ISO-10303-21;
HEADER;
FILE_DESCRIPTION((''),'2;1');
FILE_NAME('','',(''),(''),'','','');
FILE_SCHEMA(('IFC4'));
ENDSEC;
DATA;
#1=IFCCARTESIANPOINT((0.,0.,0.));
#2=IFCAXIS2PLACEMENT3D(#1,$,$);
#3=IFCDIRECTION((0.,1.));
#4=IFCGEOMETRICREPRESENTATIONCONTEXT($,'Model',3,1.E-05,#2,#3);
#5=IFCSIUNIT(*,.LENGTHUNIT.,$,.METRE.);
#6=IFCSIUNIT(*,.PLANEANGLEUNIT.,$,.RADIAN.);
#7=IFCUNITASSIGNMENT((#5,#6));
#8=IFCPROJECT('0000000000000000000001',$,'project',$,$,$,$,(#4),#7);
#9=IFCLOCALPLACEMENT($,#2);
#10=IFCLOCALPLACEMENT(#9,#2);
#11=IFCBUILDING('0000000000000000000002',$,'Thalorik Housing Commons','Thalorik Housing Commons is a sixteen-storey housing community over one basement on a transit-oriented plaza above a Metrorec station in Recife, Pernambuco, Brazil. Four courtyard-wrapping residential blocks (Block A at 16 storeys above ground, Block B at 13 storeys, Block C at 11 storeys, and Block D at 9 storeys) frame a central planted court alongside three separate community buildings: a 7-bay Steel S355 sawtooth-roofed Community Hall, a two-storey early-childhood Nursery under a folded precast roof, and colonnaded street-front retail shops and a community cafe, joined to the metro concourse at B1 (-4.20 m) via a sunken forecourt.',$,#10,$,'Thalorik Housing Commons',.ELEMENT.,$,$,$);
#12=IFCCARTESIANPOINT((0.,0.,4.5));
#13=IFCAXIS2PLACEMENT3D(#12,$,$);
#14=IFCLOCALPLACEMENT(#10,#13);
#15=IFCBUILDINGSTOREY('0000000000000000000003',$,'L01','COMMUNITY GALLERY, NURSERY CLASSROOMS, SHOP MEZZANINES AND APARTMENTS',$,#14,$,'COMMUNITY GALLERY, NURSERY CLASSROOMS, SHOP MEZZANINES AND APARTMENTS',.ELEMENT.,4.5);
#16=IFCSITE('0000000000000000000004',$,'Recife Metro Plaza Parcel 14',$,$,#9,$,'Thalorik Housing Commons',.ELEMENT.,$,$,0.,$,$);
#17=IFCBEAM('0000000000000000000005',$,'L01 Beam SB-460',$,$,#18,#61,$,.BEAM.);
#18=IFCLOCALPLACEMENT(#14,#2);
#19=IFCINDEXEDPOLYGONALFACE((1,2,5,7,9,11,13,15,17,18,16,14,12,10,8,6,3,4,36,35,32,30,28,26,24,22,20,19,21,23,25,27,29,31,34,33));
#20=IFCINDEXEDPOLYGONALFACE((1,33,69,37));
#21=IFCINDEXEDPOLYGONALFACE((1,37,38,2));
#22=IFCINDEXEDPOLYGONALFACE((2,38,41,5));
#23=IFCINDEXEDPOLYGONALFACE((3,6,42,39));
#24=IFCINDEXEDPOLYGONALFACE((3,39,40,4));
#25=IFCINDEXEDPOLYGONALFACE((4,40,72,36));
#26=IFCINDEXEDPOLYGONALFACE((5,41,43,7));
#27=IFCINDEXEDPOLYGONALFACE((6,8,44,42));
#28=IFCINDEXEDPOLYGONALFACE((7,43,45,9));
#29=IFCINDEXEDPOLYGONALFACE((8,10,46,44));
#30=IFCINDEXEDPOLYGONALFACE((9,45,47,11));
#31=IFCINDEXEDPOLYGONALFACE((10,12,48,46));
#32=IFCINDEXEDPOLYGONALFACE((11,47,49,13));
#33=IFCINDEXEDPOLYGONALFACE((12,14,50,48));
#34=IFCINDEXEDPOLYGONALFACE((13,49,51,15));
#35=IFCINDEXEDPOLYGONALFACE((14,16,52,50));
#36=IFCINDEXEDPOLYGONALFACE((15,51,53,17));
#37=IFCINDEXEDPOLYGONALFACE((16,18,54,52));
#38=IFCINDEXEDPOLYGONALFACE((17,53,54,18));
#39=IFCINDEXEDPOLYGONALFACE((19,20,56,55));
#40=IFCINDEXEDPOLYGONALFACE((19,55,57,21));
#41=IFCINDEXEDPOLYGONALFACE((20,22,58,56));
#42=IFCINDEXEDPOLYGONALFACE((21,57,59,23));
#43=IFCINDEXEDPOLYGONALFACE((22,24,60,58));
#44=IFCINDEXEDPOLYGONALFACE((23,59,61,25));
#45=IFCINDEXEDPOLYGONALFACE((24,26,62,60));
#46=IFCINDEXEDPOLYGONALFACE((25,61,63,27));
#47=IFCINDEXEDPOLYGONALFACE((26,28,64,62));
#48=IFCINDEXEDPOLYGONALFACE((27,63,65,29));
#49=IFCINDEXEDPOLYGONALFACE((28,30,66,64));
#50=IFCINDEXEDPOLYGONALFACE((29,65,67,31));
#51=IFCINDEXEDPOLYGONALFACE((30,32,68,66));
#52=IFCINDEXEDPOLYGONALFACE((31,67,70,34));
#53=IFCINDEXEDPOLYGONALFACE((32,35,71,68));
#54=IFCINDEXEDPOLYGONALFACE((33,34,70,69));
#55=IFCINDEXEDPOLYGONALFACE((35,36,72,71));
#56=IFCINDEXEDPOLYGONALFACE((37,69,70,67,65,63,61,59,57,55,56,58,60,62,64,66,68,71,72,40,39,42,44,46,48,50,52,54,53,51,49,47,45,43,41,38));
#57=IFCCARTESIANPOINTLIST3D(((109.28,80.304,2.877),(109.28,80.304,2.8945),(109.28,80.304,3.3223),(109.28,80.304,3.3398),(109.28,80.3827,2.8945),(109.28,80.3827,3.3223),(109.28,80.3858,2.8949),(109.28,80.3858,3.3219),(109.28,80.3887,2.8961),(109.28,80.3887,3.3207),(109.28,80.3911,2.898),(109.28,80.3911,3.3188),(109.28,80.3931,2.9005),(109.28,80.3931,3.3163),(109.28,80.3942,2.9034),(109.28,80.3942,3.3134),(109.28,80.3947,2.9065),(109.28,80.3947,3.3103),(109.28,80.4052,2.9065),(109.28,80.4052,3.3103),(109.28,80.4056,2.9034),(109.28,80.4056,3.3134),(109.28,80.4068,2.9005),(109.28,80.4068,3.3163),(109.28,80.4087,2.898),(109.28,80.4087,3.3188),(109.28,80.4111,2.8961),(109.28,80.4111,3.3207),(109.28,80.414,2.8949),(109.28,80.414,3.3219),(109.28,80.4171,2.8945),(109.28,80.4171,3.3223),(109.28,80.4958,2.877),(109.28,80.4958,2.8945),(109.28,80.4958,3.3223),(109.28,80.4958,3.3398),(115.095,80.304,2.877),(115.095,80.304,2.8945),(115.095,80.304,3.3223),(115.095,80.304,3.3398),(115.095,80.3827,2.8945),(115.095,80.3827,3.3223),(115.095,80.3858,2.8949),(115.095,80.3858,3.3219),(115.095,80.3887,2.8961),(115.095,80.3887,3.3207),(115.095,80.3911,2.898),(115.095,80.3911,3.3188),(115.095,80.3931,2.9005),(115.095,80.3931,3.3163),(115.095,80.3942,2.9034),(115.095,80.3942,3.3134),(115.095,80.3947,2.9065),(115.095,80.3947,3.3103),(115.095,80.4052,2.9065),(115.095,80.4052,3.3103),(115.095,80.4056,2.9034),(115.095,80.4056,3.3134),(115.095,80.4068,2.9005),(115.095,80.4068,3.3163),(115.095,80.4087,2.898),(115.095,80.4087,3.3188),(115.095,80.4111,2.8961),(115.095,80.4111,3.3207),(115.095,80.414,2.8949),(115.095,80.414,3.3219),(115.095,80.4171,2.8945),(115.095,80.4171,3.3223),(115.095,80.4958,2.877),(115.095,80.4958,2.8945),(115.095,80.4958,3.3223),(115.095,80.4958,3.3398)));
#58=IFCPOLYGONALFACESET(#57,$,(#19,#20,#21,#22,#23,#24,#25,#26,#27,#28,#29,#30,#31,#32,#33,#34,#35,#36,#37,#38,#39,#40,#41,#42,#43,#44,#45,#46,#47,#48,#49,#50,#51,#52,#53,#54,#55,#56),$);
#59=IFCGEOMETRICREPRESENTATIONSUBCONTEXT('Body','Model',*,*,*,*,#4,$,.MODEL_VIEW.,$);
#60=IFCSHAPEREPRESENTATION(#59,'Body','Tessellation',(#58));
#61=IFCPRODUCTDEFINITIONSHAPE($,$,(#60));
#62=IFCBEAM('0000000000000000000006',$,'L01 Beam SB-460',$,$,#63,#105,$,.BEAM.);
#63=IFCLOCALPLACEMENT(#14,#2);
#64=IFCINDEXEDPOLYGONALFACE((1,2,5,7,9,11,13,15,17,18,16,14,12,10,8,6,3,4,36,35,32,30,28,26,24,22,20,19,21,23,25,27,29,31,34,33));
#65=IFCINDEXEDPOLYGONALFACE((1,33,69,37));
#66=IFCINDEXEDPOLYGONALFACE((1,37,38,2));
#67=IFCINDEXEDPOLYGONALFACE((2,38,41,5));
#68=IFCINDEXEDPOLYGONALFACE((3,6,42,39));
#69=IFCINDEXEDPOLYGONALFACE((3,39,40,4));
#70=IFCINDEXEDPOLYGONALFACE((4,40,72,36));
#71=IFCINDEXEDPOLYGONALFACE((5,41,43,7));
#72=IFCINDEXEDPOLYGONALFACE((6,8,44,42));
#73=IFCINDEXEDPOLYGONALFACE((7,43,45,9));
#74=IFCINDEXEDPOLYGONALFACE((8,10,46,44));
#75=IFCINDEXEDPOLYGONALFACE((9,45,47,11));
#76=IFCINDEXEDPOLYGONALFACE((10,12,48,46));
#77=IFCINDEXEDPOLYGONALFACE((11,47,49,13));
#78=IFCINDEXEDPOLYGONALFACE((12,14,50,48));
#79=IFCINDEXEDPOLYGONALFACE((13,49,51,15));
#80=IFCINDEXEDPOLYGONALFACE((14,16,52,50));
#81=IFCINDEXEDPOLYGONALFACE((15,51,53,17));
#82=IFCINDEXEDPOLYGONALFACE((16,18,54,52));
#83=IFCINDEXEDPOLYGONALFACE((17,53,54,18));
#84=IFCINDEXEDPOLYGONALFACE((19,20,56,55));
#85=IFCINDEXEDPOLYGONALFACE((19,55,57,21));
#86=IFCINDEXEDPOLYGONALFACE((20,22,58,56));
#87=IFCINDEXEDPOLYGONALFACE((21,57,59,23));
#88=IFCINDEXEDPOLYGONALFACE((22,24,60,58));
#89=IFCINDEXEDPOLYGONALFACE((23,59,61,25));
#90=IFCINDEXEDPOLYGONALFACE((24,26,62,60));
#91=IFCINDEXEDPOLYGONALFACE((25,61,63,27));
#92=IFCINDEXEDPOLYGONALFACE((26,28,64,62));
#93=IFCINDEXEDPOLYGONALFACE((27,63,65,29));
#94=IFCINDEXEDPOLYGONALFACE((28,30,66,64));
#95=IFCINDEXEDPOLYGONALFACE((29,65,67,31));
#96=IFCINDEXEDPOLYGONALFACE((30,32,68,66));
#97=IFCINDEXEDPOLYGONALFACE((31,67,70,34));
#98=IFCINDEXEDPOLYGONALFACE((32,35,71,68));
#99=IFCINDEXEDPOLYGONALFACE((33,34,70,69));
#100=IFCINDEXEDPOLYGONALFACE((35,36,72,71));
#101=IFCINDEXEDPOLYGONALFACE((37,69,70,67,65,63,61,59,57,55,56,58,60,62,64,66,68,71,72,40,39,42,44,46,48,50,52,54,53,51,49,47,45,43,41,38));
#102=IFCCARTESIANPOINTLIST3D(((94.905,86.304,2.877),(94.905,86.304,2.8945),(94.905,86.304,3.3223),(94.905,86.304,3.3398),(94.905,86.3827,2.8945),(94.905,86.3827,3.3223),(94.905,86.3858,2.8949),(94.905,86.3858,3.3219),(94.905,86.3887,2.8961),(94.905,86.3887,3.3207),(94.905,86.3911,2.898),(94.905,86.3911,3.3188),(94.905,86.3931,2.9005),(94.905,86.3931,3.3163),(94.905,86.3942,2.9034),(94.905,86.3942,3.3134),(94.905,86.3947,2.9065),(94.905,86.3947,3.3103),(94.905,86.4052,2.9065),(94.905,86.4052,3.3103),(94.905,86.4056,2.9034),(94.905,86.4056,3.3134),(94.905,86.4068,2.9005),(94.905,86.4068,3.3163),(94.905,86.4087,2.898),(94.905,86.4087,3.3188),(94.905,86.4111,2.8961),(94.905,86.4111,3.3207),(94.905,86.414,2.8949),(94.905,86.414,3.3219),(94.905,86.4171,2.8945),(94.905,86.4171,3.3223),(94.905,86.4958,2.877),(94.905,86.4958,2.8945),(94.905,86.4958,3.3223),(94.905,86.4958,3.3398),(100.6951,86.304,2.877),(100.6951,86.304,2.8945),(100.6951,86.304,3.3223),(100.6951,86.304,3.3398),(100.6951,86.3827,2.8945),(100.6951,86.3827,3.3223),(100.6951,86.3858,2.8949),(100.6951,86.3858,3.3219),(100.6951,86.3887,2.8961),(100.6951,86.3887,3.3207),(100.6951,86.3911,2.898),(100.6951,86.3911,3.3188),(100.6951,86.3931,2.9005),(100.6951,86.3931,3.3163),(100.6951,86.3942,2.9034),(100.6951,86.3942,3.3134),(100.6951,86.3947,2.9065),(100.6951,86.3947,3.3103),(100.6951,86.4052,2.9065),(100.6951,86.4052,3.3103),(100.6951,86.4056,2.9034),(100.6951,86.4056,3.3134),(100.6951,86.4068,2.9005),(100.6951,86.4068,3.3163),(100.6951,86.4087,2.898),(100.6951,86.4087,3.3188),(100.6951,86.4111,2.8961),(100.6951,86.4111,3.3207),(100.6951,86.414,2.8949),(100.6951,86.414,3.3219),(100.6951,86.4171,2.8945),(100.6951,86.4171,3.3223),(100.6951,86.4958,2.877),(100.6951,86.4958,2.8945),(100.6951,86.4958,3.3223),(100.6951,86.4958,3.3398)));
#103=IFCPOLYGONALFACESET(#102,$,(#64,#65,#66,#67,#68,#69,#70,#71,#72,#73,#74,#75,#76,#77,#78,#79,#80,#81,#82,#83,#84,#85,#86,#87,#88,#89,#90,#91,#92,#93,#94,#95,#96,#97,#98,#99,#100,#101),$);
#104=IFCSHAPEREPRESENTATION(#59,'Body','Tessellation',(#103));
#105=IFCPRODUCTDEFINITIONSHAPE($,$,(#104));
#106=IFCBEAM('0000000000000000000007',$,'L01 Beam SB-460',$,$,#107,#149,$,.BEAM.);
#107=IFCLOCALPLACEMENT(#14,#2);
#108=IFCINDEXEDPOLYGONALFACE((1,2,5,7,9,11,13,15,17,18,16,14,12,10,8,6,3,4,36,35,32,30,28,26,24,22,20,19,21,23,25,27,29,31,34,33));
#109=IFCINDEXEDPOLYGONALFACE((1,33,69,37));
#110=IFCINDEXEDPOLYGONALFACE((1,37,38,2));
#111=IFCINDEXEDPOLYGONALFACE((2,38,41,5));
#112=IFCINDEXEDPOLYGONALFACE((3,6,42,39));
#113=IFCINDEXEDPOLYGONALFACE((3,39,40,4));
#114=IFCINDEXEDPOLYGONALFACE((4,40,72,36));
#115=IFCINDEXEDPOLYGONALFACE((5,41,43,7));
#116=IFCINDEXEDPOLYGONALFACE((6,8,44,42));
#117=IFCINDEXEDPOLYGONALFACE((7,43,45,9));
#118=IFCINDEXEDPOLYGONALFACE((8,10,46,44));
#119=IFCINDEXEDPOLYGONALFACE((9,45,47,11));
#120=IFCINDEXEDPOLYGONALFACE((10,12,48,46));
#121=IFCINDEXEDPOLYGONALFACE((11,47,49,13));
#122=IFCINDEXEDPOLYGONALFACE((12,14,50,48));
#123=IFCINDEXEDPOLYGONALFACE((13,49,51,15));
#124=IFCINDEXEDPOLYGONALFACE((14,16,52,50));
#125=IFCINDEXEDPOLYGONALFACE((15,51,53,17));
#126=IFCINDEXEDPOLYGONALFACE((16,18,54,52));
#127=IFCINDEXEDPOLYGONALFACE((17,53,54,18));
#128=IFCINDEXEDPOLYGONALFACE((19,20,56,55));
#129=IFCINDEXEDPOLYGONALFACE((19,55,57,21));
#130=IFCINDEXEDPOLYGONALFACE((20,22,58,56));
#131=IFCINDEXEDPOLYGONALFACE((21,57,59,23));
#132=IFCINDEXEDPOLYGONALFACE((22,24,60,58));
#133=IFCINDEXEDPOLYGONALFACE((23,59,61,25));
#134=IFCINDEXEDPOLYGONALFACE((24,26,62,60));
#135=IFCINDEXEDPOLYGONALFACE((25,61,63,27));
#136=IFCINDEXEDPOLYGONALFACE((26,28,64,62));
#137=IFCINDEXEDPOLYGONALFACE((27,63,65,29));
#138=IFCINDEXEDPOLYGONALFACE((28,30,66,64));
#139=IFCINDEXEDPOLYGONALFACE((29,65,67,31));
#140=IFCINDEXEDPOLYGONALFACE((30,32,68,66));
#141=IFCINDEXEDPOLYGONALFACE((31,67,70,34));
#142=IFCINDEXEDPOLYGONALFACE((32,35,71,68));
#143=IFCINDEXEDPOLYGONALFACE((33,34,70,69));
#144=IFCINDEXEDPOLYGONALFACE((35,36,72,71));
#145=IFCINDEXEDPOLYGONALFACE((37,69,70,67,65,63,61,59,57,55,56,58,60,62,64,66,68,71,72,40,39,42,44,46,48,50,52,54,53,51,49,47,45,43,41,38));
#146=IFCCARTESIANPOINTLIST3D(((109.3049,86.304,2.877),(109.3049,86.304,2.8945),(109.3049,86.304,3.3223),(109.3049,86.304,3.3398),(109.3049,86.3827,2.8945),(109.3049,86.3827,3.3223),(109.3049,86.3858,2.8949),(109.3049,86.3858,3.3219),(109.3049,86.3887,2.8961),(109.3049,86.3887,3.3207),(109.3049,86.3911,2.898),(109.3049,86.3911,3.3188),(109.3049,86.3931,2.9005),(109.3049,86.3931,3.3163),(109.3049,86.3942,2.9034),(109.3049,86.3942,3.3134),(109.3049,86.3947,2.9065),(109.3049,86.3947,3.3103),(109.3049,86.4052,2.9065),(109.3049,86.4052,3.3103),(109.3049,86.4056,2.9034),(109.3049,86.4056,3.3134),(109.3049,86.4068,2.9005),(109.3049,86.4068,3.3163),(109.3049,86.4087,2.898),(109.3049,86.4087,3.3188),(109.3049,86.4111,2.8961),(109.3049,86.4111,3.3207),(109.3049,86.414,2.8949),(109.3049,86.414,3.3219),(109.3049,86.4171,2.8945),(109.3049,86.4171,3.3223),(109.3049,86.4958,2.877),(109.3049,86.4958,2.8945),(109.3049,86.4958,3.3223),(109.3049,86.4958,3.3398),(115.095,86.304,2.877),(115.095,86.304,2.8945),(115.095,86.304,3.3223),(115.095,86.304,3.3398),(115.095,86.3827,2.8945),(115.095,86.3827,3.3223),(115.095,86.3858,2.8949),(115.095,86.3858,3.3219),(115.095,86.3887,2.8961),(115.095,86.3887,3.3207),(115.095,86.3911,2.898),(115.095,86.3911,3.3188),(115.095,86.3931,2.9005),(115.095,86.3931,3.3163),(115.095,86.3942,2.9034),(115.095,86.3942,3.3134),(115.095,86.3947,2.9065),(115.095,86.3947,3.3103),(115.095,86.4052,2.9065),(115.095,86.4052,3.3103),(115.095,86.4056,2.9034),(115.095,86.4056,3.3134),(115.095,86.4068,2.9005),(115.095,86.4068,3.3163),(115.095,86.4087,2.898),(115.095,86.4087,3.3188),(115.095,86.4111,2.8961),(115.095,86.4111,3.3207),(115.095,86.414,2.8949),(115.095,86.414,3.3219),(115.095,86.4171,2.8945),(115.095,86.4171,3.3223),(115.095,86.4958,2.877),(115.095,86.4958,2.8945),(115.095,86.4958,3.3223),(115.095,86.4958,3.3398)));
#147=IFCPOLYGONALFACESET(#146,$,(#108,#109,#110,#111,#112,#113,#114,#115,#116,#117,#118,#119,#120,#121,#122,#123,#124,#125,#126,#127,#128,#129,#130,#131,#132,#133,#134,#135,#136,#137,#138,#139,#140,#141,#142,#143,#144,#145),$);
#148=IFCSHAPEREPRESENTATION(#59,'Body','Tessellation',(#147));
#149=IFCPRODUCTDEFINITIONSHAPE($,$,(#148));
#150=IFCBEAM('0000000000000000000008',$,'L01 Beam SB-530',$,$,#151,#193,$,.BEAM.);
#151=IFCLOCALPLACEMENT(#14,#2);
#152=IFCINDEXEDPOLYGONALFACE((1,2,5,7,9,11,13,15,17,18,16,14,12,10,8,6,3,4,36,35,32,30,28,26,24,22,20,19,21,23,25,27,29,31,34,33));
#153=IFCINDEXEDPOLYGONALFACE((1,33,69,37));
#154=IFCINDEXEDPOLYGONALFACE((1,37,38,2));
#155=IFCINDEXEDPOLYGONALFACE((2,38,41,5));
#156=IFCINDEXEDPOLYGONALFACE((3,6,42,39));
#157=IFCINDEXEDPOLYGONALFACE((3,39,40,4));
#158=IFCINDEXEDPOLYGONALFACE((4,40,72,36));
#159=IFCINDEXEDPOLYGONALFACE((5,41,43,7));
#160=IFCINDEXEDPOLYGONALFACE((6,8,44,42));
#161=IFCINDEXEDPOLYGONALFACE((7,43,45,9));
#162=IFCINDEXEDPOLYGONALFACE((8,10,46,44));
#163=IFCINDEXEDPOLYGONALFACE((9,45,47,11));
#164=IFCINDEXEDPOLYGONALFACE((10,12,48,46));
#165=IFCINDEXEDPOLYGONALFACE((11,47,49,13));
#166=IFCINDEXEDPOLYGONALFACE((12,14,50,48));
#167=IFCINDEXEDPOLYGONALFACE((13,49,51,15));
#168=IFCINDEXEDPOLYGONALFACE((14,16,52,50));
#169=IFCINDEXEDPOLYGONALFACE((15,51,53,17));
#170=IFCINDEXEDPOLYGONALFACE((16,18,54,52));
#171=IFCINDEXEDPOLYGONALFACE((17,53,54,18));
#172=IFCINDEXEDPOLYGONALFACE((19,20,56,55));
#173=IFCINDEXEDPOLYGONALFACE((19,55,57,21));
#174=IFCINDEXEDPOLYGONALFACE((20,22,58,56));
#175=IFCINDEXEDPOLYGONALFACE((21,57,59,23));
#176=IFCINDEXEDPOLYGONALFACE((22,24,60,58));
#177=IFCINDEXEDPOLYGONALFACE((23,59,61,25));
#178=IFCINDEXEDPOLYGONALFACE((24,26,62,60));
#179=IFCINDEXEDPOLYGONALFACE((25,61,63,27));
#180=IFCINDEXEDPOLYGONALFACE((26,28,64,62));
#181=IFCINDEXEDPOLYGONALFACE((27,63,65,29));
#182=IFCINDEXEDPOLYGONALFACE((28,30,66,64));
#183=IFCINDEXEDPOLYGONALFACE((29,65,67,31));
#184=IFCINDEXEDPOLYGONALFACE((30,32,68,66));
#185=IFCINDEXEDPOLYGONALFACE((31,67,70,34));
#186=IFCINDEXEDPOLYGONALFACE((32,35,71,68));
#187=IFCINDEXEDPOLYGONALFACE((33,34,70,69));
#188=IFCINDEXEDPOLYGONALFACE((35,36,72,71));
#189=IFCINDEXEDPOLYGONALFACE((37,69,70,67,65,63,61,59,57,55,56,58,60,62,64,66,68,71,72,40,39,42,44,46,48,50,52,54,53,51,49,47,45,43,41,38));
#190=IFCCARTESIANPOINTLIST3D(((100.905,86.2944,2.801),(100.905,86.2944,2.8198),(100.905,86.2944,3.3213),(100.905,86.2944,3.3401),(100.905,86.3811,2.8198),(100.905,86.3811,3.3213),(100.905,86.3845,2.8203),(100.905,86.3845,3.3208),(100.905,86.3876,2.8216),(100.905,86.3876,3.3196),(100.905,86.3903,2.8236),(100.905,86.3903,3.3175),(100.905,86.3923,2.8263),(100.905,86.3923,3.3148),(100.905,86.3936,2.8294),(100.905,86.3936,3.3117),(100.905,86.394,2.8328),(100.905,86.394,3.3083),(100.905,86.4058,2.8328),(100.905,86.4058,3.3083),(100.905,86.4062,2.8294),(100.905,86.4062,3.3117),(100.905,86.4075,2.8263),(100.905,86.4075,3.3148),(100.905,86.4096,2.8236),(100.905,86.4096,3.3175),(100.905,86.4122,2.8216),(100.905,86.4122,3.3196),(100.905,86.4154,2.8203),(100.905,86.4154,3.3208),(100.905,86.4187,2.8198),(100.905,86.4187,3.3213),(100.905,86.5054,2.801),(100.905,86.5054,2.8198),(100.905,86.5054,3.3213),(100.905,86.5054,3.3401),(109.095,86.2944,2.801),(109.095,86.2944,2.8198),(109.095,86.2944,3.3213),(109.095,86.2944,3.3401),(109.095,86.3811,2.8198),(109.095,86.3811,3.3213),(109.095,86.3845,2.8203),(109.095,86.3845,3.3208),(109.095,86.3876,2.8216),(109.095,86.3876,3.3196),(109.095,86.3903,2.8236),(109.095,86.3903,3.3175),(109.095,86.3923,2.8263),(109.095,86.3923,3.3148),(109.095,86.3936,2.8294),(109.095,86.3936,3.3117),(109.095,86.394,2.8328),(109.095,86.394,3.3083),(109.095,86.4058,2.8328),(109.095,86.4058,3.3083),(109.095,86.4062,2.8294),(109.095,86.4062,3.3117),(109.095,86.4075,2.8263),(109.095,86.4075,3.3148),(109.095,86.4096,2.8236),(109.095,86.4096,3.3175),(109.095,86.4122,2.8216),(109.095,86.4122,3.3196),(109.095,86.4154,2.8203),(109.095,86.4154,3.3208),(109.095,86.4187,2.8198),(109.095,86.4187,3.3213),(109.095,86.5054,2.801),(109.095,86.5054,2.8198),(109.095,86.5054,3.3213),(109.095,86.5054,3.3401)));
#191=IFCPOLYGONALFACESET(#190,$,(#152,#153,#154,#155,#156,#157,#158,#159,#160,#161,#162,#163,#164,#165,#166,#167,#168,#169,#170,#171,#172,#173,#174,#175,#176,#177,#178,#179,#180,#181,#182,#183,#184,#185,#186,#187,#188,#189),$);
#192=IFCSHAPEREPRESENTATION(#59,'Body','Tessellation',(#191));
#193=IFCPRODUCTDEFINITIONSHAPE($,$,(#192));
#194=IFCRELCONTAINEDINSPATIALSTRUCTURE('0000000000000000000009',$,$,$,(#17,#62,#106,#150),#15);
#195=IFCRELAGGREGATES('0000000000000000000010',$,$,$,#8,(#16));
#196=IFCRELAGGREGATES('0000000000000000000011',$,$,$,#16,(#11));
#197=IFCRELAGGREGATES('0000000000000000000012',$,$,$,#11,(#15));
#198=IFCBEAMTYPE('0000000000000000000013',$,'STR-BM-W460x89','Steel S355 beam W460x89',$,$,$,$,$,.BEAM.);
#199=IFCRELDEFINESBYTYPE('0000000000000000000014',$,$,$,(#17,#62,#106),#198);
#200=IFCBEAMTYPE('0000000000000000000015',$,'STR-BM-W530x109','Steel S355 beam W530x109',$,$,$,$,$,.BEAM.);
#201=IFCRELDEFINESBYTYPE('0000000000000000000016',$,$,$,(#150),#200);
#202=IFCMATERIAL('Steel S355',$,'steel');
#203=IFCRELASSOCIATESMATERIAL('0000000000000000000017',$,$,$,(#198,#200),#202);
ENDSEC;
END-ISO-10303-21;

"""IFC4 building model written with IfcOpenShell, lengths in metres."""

from ifc_helpers import new_model, si_unit, direction, frame, origin, origin_2d, place, context, subcontext, project, spatial, i_section, extrude, material, material_profile, profile_set, type_object, element, save


model = new_model("IFC4")

# Units and contexts
model_context = context("Model", 3, precision=1e-05, world=origin(), true_north=direction((0.0, 1.0)))
body_context = subcontext(model_context, "Body", "Model", "MODEL_VIEW")
ifc_project = project(units=[si_unit("LENGTHUNIT", "METRE"), si_unit("PLANEANGLEUNIT", "RADIAN")], contexts=[model_context])

# Site, building, storey
site_placement = place(None, origin())
site = spatial("IfcSite", under=ifc_project, at=site_placement, Name="Recife Metro Plaza Parcel 14", LongName="Thalorik Housing Commons", CompositionType="ELEMENT", RefElevation=0.0)
building_placement = place(site_placement, origin())
building = spatial("IfcBuilding", under=site, at=building_placement, Name="Thalorik Housing Commons", Description="Thalorik Housing Commons is a sixteen-storey housing community over one basement on a transit-oriented plaza above a Metrorec station in Recife, Pernambuco, Brazil. Four courtyard-wrapping residential blocks (Block A at 16 storeys above ground, Block B at 13 storeys, Block C at 11 storeys, and Block D at 9 storeys) frame a central planted court alongside three separate community buildings: a 7-bay Steel S355 sawtooth-roofed Community Hall, a two-storey early-childhood Nursery under a folded precast roof, and colonnaded street-front retail shops and a community cafe, joined to the metro concourse at B1 (-4.20 m) via a sunken forecourt.", LongName="Thalorik Housing Commons", CompositionType="ELEMENT")
storey_placement = place(building_placement, frame((0.0, 0.0, 4.5)))
storey = spatial("IfcBuildingStorey", under=building, at=storey_placement, Name="L01", Description="COMMUNITY GALLERY, NURSERY CLASSROOMS, SHOP MEZZANINES AND APARTMENTS", LongName="COMMUNITY GALLERY, NURSERY CLASSROOMS, SHOP MEZZANINES AND APARTMENTS", CompositionType="ELEMENT", Elevation=4.5)

# Shared definitions
ifc_material_1 = material(Name="Steel S355", Category="steel")

# Beams
ifc_material_profile_1 = material_profile(ifc_material_1, i_section(OverallWidth=0.1919, OverallDepth=0.4629, WebThickness=0.0105, FlangeThickness=0.0176, FilletRadius=0.012, at=origin_2d()), Name="W460x89", Category="steel")
ifc_profile_set_1 = profile_set([ifc_material_profile_1], Name="Steel S355")
beam_type_1 = type_object("IfcBeamType", Name="STR-BM-W460x89", Description="Steel S355 beam W460x89", PredefinedType="BEAM", material=ifc_profile_set_1)
for number, where, z_axis, x_axis, name in (
    (1, (109.28, 80.3999, 3.1084), (1.0, 0.0, 0.0), (0.0, 1.0, 0.0), "L01 Beam SB-460"),
):
    element("IfcBeam", number, at=place(storey_placement, frame(where, z_axis=z_axis, x_axis=x_axis)), inside=storey, type_object=beam_type_1, Name=name, PredefinedType="BEAM", context=body_context, shape_type="SweptSolid", body=[
        extrude(i_section(OverallWidth=0.1919, OverallDepth=0.4629, WebThickness=0.0105, FlangeThickness=0.0176, FilletRadius=0.012, at=origin_2d()), origin(), (0.0, 0.0, 1.0), 5.8149),
    ])
for number, where, z_axis, x_axis, name in (
    (2, (94.905, 86.3999, 3.1084), (1.0, 0.0, 0.0), (0.0, 1.0, 0.0), "L01 Beam SB-460"),
    (3, (109.3049, 86.3999, 3.1084), (1.0, 0.0, 0.0), (0.0, 1.0, 0.0), "L01 Beam SB-460"),
):
    element("IfcBeam", number, at=place(storey_placement, frame(where, z_axis=z_axis, x_axis=x_axis)), inside=storey, type_object=beam_type_1, Name=name, PredefinedType="BEAM", context=body_context, shape_type="SweptSolid", body=[
        extrude(i_section(OverallWidth=0.1919, OverallDepth=0.4629, WebThickness=0.0105, FlangeThickness=0.0176, FilletRadius=0.012, at=origin_2d()), origin(), (0.0, 0.0, 1.0), 5.79),
    ])
ifc_material_profile_2 = material_profile(ifc_material_1, i_section(OverallWidth=0.2109, OverallDepth=0.5391, WebThickness=0.0117, FlangeThickness=0.0188, FilletRadius=0.0129, at=origin_2d()), Name="W530x109", Category="steel")
ifc_profile_set_2 = profile_set([ifc_material_profile_2], Name="Steel S355")
beam_type_2 = type_object("IfcBeamType", Name="STR-BM-W530x109", Description="Steel S355 beam W530x109", PredefinedType="BEAM", material=ifc_profile_set_2)
beam_1_placement = place(storey_placement, frame((100.905, 86.3999, 3.0706), z_axis=(1.0, 0.0, 0.0), x_axis=(0.0, 1.0, 0.0)))
element("IfcBeam", 4, at=beam_1_placement, inside=storey, type_object=beam_type_2, Name="L01 Beam SB-530", PredefinedType="BEAM", context=body_context, shape_type="SweptSolid", body=[
    extrude(i_section(OverallWidth=0.2109, OverallDepth=0.5391, WebThickness=0.0117, FlangeThickness=0.0188, FilletRadius=0.0129, at=origin_2d()), origin(), (0.0, 0.0, 1.0), 8.1899),
])

save(model, "model.ifc")
